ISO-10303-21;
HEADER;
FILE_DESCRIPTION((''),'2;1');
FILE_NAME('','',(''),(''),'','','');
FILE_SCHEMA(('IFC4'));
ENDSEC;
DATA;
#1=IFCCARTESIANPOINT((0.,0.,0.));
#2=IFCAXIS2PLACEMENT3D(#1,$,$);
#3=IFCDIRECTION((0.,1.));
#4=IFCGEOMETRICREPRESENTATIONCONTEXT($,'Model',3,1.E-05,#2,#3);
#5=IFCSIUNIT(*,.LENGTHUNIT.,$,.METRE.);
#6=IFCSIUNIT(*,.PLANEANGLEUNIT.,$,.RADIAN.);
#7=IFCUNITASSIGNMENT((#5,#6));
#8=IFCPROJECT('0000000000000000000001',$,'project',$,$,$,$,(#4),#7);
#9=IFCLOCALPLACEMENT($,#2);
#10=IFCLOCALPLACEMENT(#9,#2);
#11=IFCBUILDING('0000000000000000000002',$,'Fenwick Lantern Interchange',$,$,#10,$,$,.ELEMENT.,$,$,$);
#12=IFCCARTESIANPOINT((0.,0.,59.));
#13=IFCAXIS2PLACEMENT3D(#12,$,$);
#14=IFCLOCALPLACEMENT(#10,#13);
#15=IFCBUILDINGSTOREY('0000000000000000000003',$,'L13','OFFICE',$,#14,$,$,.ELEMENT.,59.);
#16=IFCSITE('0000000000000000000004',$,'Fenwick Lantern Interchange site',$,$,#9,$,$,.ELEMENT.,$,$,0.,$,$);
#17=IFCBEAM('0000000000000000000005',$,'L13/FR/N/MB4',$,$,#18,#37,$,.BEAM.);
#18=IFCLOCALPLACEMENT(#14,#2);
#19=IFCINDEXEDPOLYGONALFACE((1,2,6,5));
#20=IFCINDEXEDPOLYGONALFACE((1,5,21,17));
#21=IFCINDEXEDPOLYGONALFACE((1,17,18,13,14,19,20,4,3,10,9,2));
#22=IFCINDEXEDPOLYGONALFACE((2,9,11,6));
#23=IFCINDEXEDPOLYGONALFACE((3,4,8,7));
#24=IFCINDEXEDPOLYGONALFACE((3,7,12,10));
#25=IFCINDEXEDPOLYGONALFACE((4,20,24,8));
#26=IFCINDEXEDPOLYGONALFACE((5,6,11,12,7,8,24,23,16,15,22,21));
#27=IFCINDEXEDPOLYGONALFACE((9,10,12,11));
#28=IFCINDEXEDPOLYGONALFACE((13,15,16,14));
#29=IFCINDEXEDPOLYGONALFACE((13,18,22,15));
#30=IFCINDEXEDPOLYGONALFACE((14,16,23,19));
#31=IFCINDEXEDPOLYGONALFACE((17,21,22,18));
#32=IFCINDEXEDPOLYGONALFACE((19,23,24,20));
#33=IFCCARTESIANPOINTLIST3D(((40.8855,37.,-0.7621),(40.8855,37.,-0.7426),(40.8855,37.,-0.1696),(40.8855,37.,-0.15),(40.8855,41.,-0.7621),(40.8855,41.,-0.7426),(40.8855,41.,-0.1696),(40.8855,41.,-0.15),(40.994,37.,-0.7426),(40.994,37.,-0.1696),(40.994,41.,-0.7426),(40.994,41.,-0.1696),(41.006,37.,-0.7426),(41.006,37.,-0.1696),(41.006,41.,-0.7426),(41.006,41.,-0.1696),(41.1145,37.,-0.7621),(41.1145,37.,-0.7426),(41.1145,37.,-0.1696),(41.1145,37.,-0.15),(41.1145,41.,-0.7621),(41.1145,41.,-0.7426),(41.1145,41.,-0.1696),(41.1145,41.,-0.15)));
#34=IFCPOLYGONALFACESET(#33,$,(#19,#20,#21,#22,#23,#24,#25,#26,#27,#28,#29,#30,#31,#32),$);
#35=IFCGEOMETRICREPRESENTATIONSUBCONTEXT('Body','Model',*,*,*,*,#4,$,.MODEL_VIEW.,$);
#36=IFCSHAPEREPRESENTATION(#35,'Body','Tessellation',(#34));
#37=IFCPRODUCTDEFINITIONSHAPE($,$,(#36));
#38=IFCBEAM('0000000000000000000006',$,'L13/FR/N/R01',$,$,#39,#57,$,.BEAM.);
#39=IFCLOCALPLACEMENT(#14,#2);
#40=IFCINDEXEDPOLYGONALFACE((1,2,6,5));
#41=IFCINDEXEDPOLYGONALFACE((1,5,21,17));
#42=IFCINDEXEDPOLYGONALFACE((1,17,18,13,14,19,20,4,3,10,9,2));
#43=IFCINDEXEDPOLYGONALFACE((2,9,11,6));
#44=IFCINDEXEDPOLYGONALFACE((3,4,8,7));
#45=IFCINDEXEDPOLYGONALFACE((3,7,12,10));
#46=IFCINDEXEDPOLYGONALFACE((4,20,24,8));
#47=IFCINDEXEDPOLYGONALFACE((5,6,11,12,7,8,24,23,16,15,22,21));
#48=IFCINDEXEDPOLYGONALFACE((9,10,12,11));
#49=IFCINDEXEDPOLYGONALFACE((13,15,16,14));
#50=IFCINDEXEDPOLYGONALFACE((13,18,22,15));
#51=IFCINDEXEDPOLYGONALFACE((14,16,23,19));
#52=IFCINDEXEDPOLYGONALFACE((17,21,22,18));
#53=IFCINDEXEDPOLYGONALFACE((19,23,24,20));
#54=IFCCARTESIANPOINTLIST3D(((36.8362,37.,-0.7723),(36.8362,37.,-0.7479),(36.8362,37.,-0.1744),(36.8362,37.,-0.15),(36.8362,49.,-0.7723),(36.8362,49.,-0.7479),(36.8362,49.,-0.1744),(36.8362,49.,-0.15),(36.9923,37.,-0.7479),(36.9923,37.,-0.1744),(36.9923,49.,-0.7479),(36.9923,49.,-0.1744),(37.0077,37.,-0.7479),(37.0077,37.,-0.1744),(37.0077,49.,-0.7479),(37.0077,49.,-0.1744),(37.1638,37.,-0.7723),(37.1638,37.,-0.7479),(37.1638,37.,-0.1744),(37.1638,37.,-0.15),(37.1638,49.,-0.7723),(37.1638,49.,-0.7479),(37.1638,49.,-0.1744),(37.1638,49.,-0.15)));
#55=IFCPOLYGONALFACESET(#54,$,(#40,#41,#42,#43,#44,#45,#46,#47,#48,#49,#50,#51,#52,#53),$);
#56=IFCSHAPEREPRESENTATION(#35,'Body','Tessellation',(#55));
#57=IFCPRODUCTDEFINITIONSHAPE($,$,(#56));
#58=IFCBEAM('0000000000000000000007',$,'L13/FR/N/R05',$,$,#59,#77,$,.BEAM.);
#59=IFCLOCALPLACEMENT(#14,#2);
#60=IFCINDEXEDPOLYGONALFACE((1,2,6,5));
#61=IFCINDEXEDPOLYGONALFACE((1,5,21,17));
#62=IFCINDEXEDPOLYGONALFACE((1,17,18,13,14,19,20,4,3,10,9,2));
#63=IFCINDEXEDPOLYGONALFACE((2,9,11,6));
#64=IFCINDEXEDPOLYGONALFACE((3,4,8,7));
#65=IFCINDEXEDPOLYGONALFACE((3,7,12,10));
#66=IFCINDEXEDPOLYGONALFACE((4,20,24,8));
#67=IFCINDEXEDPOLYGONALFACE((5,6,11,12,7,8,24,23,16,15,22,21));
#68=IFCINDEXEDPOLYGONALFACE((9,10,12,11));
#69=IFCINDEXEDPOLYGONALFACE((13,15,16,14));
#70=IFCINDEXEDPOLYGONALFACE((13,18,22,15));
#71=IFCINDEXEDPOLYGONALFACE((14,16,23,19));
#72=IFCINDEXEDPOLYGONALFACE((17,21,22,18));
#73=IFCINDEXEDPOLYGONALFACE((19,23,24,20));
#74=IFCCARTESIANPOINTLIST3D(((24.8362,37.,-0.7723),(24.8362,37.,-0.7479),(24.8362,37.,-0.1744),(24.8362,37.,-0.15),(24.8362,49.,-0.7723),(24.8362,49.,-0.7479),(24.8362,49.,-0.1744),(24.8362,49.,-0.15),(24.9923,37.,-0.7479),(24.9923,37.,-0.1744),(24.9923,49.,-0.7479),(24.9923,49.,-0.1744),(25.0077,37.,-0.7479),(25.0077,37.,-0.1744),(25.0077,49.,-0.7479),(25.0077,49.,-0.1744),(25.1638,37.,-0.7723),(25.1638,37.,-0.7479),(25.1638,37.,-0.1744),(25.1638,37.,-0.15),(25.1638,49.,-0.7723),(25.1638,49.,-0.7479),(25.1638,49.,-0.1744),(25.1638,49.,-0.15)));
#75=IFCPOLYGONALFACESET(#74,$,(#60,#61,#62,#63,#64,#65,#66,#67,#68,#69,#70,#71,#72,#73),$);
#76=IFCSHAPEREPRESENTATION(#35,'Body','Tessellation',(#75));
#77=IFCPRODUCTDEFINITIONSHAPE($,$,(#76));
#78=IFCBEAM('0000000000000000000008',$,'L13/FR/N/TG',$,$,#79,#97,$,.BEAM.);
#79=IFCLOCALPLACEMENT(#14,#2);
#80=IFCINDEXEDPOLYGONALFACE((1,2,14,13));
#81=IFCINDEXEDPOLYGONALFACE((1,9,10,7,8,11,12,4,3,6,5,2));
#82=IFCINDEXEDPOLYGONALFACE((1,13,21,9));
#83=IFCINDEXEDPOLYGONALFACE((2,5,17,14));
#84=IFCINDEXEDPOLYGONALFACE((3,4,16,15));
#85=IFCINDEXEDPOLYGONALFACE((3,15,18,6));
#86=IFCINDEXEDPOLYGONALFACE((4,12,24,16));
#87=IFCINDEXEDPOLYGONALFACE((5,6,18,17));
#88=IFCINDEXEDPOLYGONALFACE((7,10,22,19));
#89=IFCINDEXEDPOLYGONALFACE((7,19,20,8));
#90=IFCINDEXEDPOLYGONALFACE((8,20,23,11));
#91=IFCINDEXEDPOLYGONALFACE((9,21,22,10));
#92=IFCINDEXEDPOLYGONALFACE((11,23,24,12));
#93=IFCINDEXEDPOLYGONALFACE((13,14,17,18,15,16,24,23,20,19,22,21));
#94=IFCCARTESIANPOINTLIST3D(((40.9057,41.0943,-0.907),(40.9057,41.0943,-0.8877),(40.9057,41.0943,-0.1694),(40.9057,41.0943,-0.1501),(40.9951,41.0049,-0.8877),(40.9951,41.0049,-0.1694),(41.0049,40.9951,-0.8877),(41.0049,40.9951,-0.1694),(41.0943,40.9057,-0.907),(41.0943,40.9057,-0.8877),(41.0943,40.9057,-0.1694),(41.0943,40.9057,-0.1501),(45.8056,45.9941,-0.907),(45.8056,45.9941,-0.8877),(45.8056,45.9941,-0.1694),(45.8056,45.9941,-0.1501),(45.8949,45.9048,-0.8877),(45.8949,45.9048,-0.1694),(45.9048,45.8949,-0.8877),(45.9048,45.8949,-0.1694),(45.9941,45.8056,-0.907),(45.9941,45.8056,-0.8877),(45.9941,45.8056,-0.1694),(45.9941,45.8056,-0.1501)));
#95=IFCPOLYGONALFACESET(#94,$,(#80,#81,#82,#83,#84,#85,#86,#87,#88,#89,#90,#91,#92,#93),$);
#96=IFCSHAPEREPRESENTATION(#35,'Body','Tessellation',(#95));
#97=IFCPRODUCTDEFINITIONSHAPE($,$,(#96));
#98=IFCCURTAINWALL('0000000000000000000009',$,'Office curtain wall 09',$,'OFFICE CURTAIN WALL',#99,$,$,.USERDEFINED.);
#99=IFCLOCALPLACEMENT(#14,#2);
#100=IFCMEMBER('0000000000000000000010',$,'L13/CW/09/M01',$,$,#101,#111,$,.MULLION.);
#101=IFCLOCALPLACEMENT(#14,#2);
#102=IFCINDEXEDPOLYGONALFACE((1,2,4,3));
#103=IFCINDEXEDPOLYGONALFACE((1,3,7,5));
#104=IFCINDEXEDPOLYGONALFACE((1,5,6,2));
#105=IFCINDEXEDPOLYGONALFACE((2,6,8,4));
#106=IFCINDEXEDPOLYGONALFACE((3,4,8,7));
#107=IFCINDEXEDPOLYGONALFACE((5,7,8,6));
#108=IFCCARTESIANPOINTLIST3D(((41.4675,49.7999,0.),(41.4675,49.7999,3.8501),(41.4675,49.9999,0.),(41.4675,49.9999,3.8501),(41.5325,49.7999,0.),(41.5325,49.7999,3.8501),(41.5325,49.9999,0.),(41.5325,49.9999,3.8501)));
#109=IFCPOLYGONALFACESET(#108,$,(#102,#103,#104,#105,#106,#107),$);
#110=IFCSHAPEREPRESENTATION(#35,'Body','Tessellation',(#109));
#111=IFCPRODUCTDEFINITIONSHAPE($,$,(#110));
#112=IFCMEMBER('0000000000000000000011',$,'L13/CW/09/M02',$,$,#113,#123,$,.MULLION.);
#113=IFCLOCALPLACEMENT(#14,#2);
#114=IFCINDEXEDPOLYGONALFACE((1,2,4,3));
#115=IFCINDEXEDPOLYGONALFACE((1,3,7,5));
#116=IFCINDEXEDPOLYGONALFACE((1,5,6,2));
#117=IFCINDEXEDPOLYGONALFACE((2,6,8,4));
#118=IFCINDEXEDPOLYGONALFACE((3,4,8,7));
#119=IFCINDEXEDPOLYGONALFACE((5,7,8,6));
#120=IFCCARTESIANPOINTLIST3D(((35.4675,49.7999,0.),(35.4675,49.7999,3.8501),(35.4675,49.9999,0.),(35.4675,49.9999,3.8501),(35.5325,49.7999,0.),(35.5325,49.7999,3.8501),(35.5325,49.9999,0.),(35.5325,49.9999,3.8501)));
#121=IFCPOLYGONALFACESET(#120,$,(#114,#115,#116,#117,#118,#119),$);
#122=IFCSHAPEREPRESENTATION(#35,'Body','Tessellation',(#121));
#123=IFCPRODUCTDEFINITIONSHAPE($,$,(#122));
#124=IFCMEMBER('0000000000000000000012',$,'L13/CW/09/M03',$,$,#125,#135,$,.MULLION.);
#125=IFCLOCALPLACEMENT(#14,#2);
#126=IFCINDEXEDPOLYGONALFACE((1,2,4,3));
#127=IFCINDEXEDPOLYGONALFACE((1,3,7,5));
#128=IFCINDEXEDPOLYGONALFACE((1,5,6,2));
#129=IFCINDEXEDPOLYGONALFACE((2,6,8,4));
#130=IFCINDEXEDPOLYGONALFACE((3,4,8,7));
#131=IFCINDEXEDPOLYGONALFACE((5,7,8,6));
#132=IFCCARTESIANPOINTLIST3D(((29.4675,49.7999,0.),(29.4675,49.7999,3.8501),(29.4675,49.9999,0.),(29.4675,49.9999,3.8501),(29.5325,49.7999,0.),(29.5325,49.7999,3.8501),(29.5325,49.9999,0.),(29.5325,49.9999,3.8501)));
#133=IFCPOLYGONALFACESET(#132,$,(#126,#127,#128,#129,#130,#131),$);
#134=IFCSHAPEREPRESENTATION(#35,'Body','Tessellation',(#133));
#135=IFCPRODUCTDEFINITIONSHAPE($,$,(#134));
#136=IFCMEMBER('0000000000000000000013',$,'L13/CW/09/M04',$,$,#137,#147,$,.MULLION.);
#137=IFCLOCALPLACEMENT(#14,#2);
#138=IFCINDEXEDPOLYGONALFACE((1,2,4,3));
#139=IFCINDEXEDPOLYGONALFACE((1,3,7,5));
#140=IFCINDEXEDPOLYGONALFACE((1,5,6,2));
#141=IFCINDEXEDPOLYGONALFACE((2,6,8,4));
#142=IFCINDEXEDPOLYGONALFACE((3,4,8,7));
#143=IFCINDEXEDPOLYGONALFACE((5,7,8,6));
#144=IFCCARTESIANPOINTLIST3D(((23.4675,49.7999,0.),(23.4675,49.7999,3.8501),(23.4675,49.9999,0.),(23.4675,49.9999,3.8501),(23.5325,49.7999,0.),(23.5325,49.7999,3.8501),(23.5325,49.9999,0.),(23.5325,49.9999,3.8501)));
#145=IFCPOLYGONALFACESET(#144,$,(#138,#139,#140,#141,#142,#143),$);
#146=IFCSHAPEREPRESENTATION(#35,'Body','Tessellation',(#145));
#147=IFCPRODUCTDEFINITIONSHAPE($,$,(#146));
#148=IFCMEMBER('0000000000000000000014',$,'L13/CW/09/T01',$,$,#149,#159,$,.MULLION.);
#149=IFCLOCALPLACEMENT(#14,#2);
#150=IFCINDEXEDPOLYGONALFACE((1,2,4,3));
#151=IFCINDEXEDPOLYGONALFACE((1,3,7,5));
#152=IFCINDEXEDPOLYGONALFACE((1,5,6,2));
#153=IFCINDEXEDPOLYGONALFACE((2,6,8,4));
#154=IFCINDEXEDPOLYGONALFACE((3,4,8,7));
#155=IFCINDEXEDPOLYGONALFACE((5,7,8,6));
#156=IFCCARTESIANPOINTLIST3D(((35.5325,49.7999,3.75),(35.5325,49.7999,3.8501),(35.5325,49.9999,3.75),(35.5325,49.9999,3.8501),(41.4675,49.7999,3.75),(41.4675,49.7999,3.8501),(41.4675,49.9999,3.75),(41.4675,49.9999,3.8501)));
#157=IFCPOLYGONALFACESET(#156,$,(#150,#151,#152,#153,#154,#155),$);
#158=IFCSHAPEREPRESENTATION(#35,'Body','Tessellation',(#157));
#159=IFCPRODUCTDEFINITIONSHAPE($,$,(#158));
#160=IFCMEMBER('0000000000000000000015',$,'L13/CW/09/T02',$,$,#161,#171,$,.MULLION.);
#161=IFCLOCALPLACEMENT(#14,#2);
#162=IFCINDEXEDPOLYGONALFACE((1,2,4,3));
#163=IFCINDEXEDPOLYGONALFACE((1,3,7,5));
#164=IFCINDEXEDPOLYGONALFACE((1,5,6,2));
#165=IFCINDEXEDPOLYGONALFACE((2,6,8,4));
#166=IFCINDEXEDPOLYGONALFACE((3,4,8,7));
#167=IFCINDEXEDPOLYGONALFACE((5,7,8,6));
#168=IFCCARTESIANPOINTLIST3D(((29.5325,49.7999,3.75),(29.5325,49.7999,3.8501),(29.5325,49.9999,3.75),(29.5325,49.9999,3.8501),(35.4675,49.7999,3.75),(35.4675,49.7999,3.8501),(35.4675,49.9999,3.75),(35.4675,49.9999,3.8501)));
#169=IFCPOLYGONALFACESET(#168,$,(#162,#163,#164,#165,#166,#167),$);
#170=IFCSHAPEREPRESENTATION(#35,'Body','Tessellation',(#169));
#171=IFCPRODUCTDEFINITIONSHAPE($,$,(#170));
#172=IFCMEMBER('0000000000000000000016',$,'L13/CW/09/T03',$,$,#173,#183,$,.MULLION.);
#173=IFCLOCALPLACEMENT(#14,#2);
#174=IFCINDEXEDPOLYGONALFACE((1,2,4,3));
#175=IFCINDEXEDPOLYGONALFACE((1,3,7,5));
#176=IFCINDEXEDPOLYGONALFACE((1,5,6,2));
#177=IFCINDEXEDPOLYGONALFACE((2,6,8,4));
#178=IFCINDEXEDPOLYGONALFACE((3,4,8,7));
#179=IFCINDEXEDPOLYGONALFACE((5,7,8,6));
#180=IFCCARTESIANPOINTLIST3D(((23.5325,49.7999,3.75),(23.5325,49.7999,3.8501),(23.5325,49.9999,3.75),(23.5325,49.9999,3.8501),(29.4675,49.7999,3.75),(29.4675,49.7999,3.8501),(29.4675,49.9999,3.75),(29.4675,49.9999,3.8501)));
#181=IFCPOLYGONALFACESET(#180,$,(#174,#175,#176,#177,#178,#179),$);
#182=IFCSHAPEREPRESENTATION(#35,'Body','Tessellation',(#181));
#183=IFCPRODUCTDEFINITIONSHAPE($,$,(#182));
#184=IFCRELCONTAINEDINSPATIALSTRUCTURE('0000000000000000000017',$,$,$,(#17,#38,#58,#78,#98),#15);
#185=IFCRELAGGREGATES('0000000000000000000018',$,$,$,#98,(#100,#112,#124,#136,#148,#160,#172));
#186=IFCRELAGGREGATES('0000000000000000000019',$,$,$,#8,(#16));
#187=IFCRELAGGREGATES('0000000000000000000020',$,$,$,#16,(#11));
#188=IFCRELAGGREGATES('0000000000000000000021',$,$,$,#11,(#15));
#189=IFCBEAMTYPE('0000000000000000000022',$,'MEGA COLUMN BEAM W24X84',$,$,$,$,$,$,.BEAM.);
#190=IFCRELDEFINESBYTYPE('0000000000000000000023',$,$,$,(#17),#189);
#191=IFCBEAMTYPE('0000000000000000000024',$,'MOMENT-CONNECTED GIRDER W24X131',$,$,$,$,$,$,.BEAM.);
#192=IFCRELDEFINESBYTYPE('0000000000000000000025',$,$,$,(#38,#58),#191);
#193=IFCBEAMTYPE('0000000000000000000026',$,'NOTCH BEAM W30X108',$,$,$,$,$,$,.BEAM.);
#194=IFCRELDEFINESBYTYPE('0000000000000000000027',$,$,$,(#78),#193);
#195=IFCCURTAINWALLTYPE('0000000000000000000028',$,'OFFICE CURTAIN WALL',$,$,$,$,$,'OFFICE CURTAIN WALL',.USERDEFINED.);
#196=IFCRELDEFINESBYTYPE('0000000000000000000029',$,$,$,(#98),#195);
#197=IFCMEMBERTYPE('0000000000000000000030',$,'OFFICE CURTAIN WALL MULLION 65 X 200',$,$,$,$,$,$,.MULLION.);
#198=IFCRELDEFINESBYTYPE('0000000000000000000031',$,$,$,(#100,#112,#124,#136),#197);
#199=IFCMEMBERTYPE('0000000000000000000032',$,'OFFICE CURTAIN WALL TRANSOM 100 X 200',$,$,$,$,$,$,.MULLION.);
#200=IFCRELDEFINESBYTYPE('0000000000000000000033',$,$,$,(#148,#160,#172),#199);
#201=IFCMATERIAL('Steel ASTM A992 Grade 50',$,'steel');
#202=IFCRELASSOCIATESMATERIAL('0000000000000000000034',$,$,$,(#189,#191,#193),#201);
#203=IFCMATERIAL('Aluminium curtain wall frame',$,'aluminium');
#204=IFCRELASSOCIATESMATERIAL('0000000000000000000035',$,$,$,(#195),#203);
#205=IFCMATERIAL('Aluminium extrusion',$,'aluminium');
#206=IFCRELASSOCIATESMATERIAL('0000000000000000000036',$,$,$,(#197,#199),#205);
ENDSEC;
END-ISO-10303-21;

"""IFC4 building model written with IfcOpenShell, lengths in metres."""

from ifc_helpers import new_model, si_unit, direction, frame, origin, origin_2d, place, context, subcontext, project, spatial, rectangle, i_section, extrude, material, material_profile, profile_set, type_object, element, aggregate, save


model = new_model("IFC4")

# Units and contexts
model_context = context("Model", 3, precision=1e-05, world=origin(), true_north=direction((0.0, 1.0)))
body_context = subcontext(model_context, "Body", "Model", "MODEL_VIEW")
ifc_project = project(units=[si_unit("LENGTHUNIT", "METRE"), si_unit("PLANEANGLEUNIT", "RADIAN")], contexts=[model_context])

# Site, building, storey
site_placement = place(None, origin())
site = spatial("IfcSite", under=ifc_project, at=site_placement, Name="Fenwick Lantern Interchange site", CompositionType="ELEMENT", RefElevation=0.0)
building_placement = place(site_placement, origin())
building = spatial("IfcBuilding", under=site, at=building_placement, Name="Fenwick Lantern Interchange", CompositionType="ELEMENT")
storey_placement = place(building_placement, frame((0.0, 0.0, 59.0)))
storey = spatial("IfcBuildingStorey", under=building, at=storey_placement, Name="L13", Description="OFFICE", CompositionType="ELEMENT", Elevation=59.0)

# Beams
ifc_material_1 = material(Name="Steel ASTM A992 Grade 50", Category="steel")
ifc_material_profile_1 = material_profile(ifc_material_1, i_section(OverallWidth=0.229, OverallDepth=0.6121, WebThickness=0.012, FlangeThickness=0.0195, at=origin_2d()), Name="W24X84")
ifc_profile_set_1 = profile_set([ifc_material_profile_1], Name="Steel ASTM A992 Grade 50")
beam_type_1 = type_object("IfcBeamType", Name="MEGA COLUMN BEAM W24X84", PredefinedType="BEAM", material=ifc_profile_set_1)
beam_1_placement = place(storey_placement, frame((41.0, 41.0, -0.4561), z_axis=(0.0, -1.0, 0.0), x_axis=(1.0, 0.0, 0.0)))
element("IfcBeam", 1, at=beam_1_placement, inside=storey, type_object=beam_type_1, Name="L13/FR/N/MB4", PredefinedType="BEAM", context=body_context, shape_type="SweptSolid", body=[
    extrude(i_section(OverallWidth=0.229, OverallDepth=0.6121, WebThickness=0.012, FlangeThickness=0.0195, at=origin_2d()), origin(), (0.0, 0.0, 1.0), 4.0),
])
ifc_material_profile_2 = material_profile(ifc_material_1, i_section(OverallWidth=0.3276, OverallDepth=0.6223, WebThickness=0.0154, FlangeThickness=0.0244, at=origin_2d()), Name="W24X131")
ifc_profile_set_2 = profile_set([ifc_material_profile_2], Name="Steel ASTM A992 Grade 50")
beam_type_2 = type_object("IfcBeamType", Name="MOMENT-CONNECTED GIRDER W24X131", PredefinedType="BEAM", material=ifc_profile_set_2)
for number, where, z_axis, x_axis, name in (
    (2, (37.0, 49.0, -0.4612), (0.0, -1.0, 0.0), (1.0, 0.0, 0.0), "L13/FR/N/R01"),
    (3, (25.0, 49.0, -0.4612), (0.0, -1.0, 0.0), (1.0, 0.0, 0.0), "L13/FR/N/R05"),
):
    element("IfcBeam", number, at=place(storey_placement, frame(where, z_axis=z_axis, x_axis=x_axis)), inside=storey, type_object=beam_type_2, Name=name, PredefinedType="BEAM", context=body_context, shape_type="SweptSolid", body=[
        extrude(i_section(OverallWidth=0.3276, OverallDepth=0.6223, WebThickness=0.0154, FlangeThickness=0.0244, at=origin_2d()), origin(), (0.0, 0.0, 1.0), 12.0),
    ])
ifc_material_profile_3 = material_profile(ifc_material_1, i_section(OverallWidth=0.2666, OverallDepth=0.7568, WebThickness=0.0139, FlangeThickness=0.0193, at=origin_2d()), Name="W30X108")
ifc_profile_set_3 = profile_set([ifc_material_profile_3], Name="Steel ASTM A992 Grade 50")
beam_type_3 = type_object("IfcBeamType", Name="NOTCH BEAM W30X108", PredefinedType="BEAM", material=ifc_profile_set_3)
beam_2_placement = place(storey_placement, frame((41.0, 41.0, -0.5286), z_axis=(0.707107, 0.707107, 0.0), x_axis=(-0.707107, 0.707107, 0.0)))
element("IfcBeam", 4, at=beam_2_placement, inside=storey, type_object=beam_type_3, Name="L13/FR/N/TG", PredefinedType="BEAM", context=body_context, shape_type="SweptSolid", body=[
    extrude(i_section(OverallWidth=0.2666, OverallDepth=0.7568, WebThickness=0.0139, FlangeThickness=0.0193, at=origin_2d()), origin(), (0.0, 0.0, 1.0), 6.9294),
])

# Curtain wall, members
ifc_material_2 = material(Name="Aluminium curtain wall frame", Category="aluminium")
curtain_wall_type = type_object("IfcCurtainWallType", Name="OFFICE CURTAIN WALL", ElementType="OFFICE CURTAIN WALL", PredefinedType="USERDEFINED", material=ifc_material_2)
curtain_wall_placement = place(storey_placement, origin())
curtain_wall = element("IfcCurtainWall", 5, at=curtain_wall_placement, inside=storey, type_object=curtain_wall_type, Name="Office curtain wall 09", ObjectType="OFFICE CURTAIN WALL", PredefinedType="USERDEFINED")
ifc_material_3 = material(Name="Aluminium extrusion", Category="aluminium")
ifc_material_profile_4 = material_profile(ifc_material_3, rectangle(XDim=0.2, YDim=0.0649, at=origin_2d()), Name="OFFICE CURTAIN WALL MULLION 65 X 200")
ifc_profile_set_4 = profile_set([ifc_material_profile_4], Name="Aluminium extrusion")
member_type_1 = type_object("IfcMemberType", Name="OFFICE CURTAIN WALL MULLION 65 X 200", PredefinedType="MULLION", material=ifc_profile_set_4)
member_1_placement = place(storey_placement, frame((41.5, 49.8999, 0.0), z_axis=(0.0, 0.0, 1.0), x_axis=(0.0, -1.0, 0.0)))
member_1 = element("IfcMember", 6, at=member_1_placement, type_object=member_type_1, Name="L13/CW/09/M01", PredefinedType="MULLION", context=body_context, shape_type="SweptSolid", body=[
    extrude(rectangle(XDim=0.2, YDim=0.0649, at=origin_2d()), origin(), (0.0, 0.0, 1.0), 3.8501),
])
member_2_placement = place(storey_placement, frame((35.5, 49.8999, 0.0), z_axis=(0.0, 0.0, 1.0), x_axis=(0.0, -1.0, 0.0)))
member_2 = element("IfcMember", 7, at=member_2_placement, type_object=member_type_1, Name="L13/CW/09/M02", PredefinedType="MULLION", context=body_context, shape_type="SweptSolid", body=[
    extrude(rectangle(XDim=0.2, YDim=0.0649, at=origin_2d()), origin(), (0.0, 0.0, 1.0), 3.8501),
])
member_3_placement = place(storey_placement, frame((29.5, 49.8999, 0.0), z_axis=(0.0, 0.0, 1.0), x_axis=(0.0, -1.0, 0.0)))
member_3 = element("IfcMember", 8, at=member_3_placement, type_object=member_type_1, Name="L13/CW/09/M03", PredefinedType="MULLION", context=body_context, shape_type="SweptSolid", body=[
    extrude(rectangle(XDim=0.2, YDim=0.0649, at=origin_2d()), origin(), (0.0, 0.0, 1.0), 3.8501),
])
member_4_placement = place(storey_placement, frame((23.5, 49.8999, 0.0), z_axis=(0.0, 0.0, 1.0), x_axis=(0.0, -1.0, 0.0)))
member_4 = element("IfcMember", 9, at=member_4_placement, type_object=member_type_1, Name="L13/CW/09/M04", PredefinedType="MULLION", context=body_context, shape_type="SweptSolid", body=[
    extrude(rectangle(XDim=0.2, YDim=0.0649, at=origin_2d()), origin(), (0.0, 0.0, 1.0), 3.8501),
])
ifc_material_profile_5 = material_profile(ifc_material_3, rectangle(XDim=0.2, YDim=0.1001, at=origin_2d()), Name="OFFICE CURTAIN WALL TRANSOM 100 X 200")
ifc_profile_set_5 = profile_set([ifc_material_profile_5], Name="Aluminium extrusion")
member_type_2 = type_object("IfcMemberType", Name="OFFICE CURTAIN WALL TRANSOM 100 X 200", PredefinedType="MULLION", material=ifc_profile_set_5)
member_5_placement = place(storey_placement, frame((41.4675, 49.8999, 3.8), z_axis=(-1.0, 0.0, 0.0), x_axis=(0.0, -1.0, 0.0)))
member_5 = element("IfcMember", 10, at=member_5_placement, type_object=member_type_2, Name="L13/CW/09/T01", PredefinedType="MULLION", context=body_context, shape_type="SweptSolid", body=[
    extrude(rectangle(XDim=0.2, YDim=0.1001, at=origin_2d()), origin(), (0.0, 0.0, 1.0), 5.9351),
])
member_6_placement = place(storey_placement, frame((35.4675, 49.8999, 3.8), z_axis=(-1.0, 0.0, 0.0), x_axis=(0.0, -1.0, 0.0)))
member_6 = element("IfcMember", 11, at=member_6_placement, type_object=member_type_2, Name="L13/CW/09/T02", PredefinedType="MULLION", context=body_context, shape_type="SweptSolid", body=[
    extrude(rectangle(XDim=0.2, YDim=0.1001, at=origin_2d()), origin(), (0.0, 0.0, 1.0), 5.9351),
])
member_7_placement = place(storey_placement, frame((29.4675, 49.8999, 3.8), z_axis=(-1.0, 0.0, 0.0), x_axis=(0.0, -1.0, 0.0)))
member_7 = element("IfcMember", 12, at=member_7_placement, type_object=member_type_2, Name="L13/CW/09/T03", PredefinedType="MULLION", context=body_context, shape_type="SweptSolid", body=[
    extrude(rectangle(XDim=0.2, YDim=0.1001, at=origin_2d()), origin(), (0.0, 0.0, 1.0), 5.9351),
])
aggregate(curtain_wall, [member_1, member_2, member_3, member_4, member_5, member_6, member_7])

save(model, "model.ifc")
